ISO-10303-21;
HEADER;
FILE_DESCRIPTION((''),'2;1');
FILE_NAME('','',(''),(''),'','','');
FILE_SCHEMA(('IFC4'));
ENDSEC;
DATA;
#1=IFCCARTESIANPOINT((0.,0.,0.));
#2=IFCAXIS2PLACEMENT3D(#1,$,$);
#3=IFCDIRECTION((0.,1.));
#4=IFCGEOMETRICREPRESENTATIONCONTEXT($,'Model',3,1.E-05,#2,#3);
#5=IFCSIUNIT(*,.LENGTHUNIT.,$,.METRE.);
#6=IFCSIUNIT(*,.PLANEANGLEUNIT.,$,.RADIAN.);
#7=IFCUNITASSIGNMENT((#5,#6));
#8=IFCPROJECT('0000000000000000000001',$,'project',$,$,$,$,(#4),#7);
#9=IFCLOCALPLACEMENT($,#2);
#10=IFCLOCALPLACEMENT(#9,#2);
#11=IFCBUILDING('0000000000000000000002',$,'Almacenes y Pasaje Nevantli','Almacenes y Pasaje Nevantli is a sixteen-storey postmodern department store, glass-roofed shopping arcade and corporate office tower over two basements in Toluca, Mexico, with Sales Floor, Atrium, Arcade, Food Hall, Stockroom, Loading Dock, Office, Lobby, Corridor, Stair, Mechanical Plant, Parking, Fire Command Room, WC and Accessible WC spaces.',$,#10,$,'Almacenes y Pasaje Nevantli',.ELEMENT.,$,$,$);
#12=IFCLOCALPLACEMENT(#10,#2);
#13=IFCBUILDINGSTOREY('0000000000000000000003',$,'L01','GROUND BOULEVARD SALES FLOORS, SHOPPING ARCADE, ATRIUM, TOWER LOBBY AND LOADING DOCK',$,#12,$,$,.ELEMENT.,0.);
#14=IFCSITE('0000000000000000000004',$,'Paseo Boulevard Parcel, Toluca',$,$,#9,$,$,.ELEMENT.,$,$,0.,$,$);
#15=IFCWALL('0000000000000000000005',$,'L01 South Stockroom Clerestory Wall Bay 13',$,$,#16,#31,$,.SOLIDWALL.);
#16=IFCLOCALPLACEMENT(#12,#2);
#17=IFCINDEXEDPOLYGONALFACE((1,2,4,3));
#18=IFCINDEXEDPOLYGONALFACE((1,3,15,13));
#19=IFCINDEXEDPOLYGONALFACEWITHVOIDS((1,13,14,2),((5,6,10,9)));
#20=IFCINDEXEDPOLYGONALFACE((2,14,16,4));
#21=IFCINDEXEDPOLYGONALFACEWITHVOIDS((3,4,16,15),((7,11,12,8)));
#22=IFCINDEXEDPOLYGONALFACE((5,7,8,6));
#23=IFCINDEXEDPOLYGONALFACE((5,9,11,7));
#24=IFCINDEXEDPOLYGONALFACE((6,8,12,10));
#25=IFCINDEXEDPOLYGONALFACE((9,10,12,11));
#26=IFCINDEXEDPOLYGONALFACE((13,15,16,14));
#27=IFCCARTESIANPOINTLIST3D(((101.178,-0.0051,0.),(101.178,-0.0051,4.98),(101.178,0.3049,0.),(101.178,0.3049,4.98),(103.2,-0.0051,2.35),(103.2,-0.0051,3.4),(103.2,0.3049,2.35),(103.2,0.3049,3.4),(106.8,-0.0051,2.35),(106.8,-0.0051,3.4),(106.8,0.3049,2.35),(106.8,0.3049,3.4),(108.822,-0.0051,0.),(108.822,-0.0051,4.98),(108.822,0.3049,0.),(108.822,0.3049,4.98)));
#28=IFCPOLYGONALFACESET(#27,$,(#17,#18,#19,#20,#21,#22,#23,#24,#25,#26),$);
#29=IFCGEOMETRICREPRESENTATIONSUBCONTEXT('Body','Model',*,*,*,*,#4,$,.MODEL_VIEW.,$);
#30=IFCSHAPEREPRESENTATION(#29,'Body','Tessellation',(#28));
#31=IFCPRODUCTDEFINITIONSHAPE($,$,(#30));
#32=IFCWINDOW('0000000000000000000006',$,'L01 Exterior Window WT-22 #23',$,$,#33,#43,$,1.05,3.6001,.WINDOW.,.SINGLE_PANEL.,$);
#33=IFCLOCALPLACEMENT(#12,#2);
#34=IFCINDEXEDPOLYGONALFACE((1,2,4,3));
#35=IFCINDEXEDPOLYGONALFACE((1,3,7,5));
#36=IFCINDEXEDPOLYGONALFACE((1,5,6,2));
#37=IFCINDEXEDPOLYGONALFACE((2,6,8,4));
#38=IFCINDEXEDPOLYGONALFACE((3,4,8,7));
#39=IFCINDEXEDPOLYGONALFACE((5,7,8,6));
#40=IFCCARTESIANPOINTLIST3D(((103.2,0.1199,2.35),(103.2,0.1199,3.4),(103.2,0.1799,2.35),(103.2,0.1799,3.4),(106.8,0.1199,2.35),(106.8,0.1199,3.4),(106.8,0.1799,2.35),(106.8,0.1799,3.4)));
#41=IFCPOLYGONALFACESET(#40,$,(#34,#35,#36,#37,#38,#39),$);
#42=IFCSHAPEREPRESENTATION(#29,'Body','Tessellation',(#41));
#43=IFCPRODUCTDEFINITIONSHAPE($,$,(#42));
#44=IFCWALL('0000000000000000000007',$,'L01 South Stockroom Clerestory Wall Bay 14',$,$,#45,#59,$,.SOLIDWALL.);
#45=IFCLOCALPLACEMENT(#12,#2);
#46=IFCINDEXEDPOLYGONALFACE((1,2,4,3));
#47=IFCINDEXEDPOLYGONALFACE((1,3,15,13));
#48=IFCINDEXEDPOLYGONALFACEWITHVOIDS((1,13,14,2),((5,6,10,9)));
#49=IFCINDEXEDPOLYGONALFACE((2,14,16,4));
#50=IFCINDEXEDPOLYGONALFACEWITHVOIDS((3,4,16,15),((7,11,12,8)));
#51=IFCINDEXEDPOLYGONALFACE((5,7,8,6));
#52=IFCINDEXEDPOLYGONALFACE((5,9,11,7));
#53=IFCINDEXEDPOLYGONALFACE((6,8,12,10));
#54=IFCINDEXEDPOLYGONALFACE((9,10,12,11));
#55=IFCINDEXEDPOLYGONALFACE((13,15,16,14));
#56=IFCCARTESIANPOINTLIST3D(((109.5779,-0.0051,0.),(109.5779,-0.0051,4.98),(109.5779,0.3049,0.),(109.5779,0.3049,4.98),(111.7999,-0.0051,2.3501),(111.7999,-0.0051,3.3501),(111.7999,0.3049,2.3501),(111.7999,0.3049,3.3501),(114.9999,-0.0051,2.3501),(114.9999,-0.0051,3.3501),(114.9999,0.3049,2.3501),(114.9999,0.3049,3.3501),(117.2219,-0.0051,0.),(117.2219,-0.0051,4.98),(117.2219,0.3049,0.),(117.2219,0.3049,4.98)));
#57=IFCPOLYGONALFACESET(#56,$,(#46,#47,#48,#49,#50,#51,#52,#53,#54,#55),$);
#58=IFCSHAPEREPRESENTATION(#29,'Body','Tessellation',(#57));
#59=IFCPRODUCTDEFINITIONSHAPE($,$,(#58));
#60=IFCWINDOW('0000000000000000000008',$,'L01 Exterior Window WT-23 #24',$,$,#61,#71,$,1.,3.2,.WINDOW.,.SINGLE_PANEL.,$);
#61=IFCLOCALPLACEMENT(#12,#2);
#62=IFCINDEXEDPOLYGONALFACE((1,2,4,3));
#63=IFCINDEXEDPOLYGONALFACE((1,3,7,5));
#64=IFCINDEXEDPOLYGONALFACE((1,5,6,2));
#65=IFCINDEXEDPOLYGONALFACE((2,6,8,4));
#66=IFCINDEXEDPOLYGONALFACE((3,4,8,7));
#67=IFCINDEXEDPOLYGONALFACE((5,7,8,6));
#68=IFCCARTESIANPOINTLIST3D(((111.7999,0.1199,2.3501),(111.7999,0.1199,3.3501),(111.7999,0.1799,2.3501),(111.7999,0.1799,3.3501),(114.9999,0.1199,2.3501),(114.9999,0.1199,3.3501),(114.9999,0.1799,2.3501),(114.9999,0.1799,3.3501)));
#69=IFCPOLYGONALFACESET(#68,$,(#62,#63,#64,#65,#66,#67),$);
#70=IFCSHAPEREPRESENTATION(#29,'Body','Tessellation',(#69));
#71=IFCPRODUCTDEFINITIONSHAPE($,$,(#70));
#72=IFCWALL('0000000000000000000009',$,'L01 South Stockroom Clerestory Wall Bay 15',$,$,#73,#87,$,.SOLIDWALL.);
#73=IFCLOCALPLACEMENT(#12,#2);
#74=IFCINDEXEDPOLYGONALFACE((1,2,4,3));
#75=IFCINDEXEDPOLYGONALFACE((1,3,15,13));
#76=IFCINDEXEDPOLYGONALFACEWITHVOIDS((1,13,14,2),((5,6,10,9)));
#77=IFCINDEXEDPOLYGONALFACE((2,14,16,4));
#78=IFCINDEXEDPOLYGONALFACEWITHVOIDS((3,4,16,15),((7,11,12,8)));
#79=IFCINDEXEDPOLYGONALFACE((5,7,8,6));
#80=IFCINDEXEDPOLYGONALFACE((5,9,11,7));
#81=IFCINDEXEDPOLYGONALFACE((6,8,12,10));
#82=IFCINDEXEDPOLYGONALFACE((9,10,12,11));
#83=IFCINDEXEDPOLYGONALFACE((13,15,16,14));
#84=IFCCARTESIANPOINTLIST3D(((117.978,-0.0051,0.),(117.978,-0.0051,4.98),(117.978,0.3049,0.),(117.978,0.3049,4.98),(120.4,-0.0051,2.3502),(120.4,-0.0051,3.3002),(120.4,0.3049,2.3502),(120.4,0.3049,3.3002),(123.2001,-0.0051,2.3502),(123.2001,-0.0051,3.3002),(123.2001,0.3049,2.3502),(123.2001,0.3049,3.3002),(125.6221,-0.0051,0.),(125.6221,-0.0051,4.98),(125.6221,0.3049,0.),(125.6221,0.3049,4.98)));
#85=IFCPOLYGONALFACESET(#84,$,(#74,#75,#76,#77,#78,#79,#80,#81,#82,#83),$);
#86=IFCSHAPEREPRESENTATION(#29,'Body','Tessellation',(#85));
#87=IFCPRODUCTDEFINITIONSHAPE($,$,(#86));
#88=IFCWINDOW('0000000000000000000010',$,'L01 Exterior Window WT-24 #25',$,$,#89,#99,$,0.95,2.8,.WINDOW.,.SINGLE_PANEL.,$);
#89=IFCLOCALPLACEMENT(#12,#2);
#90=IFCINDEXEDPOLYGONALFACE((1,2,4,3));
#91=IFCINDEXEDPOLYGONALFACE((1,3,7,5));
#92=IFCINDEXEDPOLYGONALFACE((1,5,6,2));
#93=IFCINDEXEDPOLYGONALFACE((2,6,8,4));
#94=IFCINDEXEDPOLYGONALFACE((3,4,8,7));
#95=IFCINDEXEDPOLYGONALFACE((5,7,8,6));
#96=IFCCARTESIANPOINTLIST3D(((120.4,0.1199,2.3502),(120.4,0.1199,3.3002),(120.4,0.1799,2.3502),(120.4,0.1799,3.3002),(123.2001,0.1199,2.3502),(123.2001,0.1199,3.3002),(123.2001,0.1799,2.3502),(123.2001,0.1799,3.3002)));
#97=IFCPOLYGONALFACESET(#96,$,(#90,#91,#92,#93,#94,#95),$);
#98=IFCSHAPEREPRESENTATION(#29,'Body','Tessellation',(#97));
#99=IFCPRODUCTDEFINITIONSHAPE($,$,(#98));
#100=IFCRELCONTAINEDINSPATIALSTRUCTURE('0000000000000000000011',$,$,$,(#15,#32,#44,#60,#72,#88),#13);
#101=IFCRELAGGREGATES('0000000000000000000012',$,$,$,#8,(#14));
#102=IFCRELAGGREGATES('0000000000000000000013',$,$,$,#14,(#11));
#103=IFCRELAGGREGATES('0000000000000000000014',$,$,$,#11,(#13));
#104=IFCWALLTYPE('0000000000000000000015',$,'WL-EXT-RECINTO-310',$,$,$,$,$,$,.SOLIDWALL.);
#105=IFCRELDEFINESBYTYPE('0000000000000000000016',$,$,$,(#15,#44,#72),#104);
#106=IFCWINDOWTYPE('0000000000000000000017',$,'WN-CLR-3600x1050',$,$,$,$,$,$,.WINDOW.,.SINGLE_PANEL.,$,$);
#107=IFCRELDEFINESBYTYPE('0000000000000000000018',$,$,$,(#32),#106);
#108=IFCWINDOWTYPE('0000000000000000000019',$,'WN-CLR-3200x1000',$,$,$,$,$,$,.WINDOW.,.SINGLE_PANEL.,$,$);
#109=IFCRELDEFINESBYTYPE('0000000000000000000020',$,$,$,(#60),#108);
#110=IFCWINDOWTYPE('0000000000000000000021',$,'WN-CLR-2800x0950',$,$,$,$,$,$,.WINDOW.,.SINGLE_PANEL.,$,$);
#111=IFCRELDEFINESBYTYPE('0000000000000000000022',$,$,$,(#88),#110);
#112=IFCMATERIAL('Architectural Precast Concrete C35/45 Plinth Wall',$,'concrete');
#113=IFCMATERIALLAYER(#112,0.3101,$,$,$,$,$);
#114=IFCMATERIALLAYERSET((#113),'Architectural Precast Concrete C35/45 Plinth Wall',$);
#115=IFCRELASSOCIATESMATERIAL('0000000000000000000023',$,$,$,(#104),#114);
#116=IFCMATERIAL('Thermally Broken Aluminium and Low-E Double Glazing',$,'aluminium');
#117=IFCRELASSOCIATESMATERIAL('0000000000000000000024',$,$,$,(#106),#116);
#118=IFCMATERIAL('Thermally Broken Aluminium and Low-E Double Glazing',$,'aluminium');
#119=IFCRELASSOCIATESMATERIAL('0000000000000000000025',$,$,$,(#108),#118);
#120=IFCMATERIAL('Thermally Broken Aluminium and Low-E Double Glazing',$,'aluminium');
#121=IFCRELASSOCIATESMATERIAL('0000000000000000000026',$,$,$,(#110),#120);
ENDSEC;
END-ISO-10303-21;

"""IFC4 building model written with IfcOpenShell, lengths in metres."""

from ifc_helpers import new_model, si_unit, direction, frame, frame_2d, origin, place, context, subcontext, project, spatial, rectangle, extrude, material, layer, layer_set, type_object, element, fill, save


model = new_model("IFC4")

# Units and contexts
model_context = context("Model", 3, precision=1e-05, world=origin(), true_north=direction((0.0, 1.0)))
body_context = subcontext(model_context, "Body", "Model", "MODEL_VIEW")
ifc_project = project(units=[si_unit("LENGTHUNIT", "METRE"), si_unit("PLANEANGLEUNIT", "RADIAN")], contexts=[model_context])

# Site, building, storey
site_placement = place(None, origin())
site = spatial("IfcSite", under=ifc_project, at=site_placement, Name="Paseo Boulevard Parcel, Toluca", CompositionType="ELEMENT", RefElevation=0.0)
building_placement = place(site_placement, origin())
building = spatial("IfcBuilding", under=site, at=building_placement, Name="Almacenes y Pasaje Nevantli", Description="Almacenes y Pasaje Nevantli is a sixteen-storey postmodern department store, glass-roofed shopping arcade and corporate office tower over two basements in Toluca, Mexico, with Sales Floor, Atrium, Arcade, Food Hall, Stockroom, Loading Dock, Office, Lobby, Corridor, Stair, Mechanical Plant, Parking, Fire Command Room, WC and Accessible WC spaces.", LongName="Almacenes y Pasaje Nevantli", CompositionType="ELEMENT")
storey_placement = place(building_placement, origin())
storey = spatial("IfcBuildingStorey", under=building, at=storey_placement, Name="L01", Description="GROUND BOULEVARD SALES FLOORS, SHOPPING ARCADE, ATRIUM, TOWER LOBBY AND LOADING DOCK", CompositionType="ELEMENT", Elevation=0.0)

# Walls, openings, windows
ifc_material_1 = material(Name="Architectural Precast Concrete C35/45 Plinth Wall", Category="concrete")
ifc_layer_1 = layer(ifc_material_1, 0.3101)
ifc_layer_set_1 = layer_set([ifc_layer_1], Name="Architectural Precast Concrete C35/45 Plinth Wall")
wall_type = type_object("IfcWallType", Name="WL-EXT-RECINTO-310", PredefinedType="SOLIDWALL", material=ifc_layer_set_1)
wall_1_placement = place(storey_placement, frame((101.178, 0.1499, 0.0), z_axis=(0.0, 0.0, 1.0), x_axis=(1.0, 0.0, 0.0)))
wall_1 = element("IfcWall", 1, at=wall_1_placement, inside=storey, type_object=wall_type, Name="L01 South Stockroom Clerestory Wall Bay 13", PredefinedType="SOLIDWALL", context=body_context, shape_type="SweptSolid", body=[
    extrude(rectangle(XDim=7.644, YDim=0.3101, at=frame_2d((3.822, 0.0))), origin(), (0.0, 0.0, 1.0), 4.98),
])
opening_1_placement = place(wall_1_placement, frame((2.022, 0.0, 2.3501)))
opening_1 = element("IfcOpeningElement", 2, at=opening_1_placement, cuts=wall_1, PredefinedType="OPENING", context=body_context, shape_type="SweptSolid", body=[
    extrude(rectangle(XDim=3.6001, YDim=1.05, at=frame_2d((1.8, 0.5249))), frame((0.0, 0.165, 0.0), z_axis=(0.0, -1.0, 0.0), x_axis=(1.0, 0.0, 0.0)), (0.0, 0.0, 1.0), 0.3301),
])
ifc_material_2 = material(Name="Thermally Broken Aluminium and Low-E Double Glazing", Category="aluminium")
window_type_1 = type_object("IfcWindowType", Name="WN-CLR-3600x1050", PartitioningType="SINGLE_PANEL", PredefinedType="WINDOW", material=ifc_material_2)
window_1_placement = place(opening_1_placement, origin())
window_1 = element("IfcWindow", 3, at=window_1_placement, inside=storey, type_object=window_type_1, Name="L01 Exterior Window WT-22 #23", OverallHeight=1.05, OverallWidth=3.6001, PartitioningType="SINGLE_PANEL", PredefinedType="WINDOW", context=body_context, shape_type="SweptSolid", body=[
    extrude(rectangle(XDim=3.6001, YDim=1.05, at=frame_2d((1.8, 0.5249))), frame((0.0, 0.03, 0.0), z_axis=(0.0, -1.0, 0.0), x_axis=(1.0, 0.0, 0.0)), (0.0, 0.0, 1.0), 0.0601),
])
fill(opening_1, window_1)
wall_2_placement = place(storey_placement, frame((109.5779, 0.1499, 0.0), z_axis=(0.0, 0.0, 1.0), x_axis=(1.0, 0.0, 0.0)))
wall_2 = element("IfcWall", 4, at=wall_2_placement, inside=storey, type_object=wall_type, Name="L01 South Stockroom Clerestory Wall Bay 14", PredefinedType="SOLIDWALL", context=body_context, shape_type="SweptSolid", body=[
    extrude(rectangle(XDim=7.644, YDim=0.3101, at=frame_2d((3.822, 0.0))), origin(), (0.0, 0.0, 1.0), 4.98),
])
opening_2_placement = place(wall_2_placement, frame((2.2219, 0.0, 2.3501)))
opening_2 = element("IfcOpeningElement", 5, at=opening_2_placement, cuts=wall_2, PredefinedType="OPENING", context=body_context, shape_type="SweptSolid", body=[
    extrude(rectangle(XDim=3.2, YDim=1.0, at=frame_2d((1.6001, 0.5))), frame((0.0, 0.165, 0.0), z_axis=(0.0, -1.0, 0.0), x_axis=(1.0, 0.0, 0.0)), (0.0, 0.0, 1.0), 0.3301),
])
ifc_material_3 = material(Name="Thermally Broken Aluminium and Low-E Double Glazing", Category="aluminium")
window_type_2 = type_object("IfcWindowType", Name="WN-CLR-3200x1000", PartitioningType="SINGLE_PANEL", PredefinedType="WINDOW", material=ifc_material_3)
window_2_placement = place(opening_2_placement, origin())
window_2 = element("IfcWindow", 6, at=window_2_placement, inside=storey, type_object=window_type_2, Name="L01 Exterior Window WT-23 #24", OverallHeight=1.0, OverallWidth=3.2, PartitioningType="SINGLE_PANEL", PredefinedType="WINDOW", context=body_context, shape_type="SweptSolid", body=[
    extrude(rectangle(XDim=3.2, YDim=1.0, at=frame_2d((1.6001, 0.5))), frame((0.0, 0.03, 0.0), z_axis=(0.0, -1.0, 0.0), x_axis=(1.0, 0.0, 0.0)), (0.0, 0.0, 1.0), 0.0601),
])
fill(opening_2, window_2)
wall_3_placement = place(storey_placement, frame((117.978, 0.1499, 0.0), z_axis=(0.0, 0.0, 1.0), x_axis=(1.0, 0.0, 0.0)))
wall_3 = element("IfcWall", 7, at=wall_3_placement, inside=storey, type_object=wall_type, Name="L01 South Stockroom Clerestory Wall Bay 15", PredefinedType="SOLIDWALL", context=body_context, shape_type="SweptSolid", body=[
    extrude(rectangle(XDim=7.644, YDim=0.3101, at=frame_2d((3.822, 0.0))), origin(), (0.0, 0.0, 1.0), 4.98),
])
opening_3_placement = place(wall_3_placement, frame((2.4221, 0.0, 2.3501)))
opening_3 = element("IfcOpeningElement", 8, at=opening_3_placement, cuts=wall_3, PredefinedType="OPENING", context=body_context, shape_type="SweptSolid", body=[
    extrude(rectangle(XDim=2.8, YDim=0.95, at=frame_2d((1.3999, 0.4751))), frame((0.0, 0.165, 0.0), z_axis=(0.0, -1.0, 0.0), x_axis=(1.0, 0.0, 0.0)), (0.0, 0.0, 1.0), 0.3301),
])
ifc_material_4 = material(Name="Thermally Broken Aluminium and Low-E Double Glazing", Category="aluminium")
window_type_3 = type_object("IfcWindowType", Name="WN-CLR-2800x0950", PartitioningType="SINGLE_PANEL", PredefinedType="WINDOW", material=ifc_material_4)
window_3_placement = place(opening_3_placement, origin())
window_3 = element("IfcWindow", 9, at=window_3_placement, inside=storey, type_object=window_type_3, Name="L01 Exterior Window WT-24 #25", OverallHeight=0.95, OverallWidth=2.8, PartitioningType="SINGLE_PANEL", PredefinedType="WINDOW", context=body_context, shape_type="SweptSolid", body=[
    extrude(rectangle(XDim=2.8, YDim=0.95, at=frame_2d((1.3999, 0.4751))), frame((0.0, 0.03, 0.0), z_axis=(0.0, -1.0, 0.0), x_axis=(1.0, 0.0, 0.0)), (0.0, 0.0, 1.0), 0.0601),
])
fill(opening_3, window_3)

save(model, "model.ifc")
